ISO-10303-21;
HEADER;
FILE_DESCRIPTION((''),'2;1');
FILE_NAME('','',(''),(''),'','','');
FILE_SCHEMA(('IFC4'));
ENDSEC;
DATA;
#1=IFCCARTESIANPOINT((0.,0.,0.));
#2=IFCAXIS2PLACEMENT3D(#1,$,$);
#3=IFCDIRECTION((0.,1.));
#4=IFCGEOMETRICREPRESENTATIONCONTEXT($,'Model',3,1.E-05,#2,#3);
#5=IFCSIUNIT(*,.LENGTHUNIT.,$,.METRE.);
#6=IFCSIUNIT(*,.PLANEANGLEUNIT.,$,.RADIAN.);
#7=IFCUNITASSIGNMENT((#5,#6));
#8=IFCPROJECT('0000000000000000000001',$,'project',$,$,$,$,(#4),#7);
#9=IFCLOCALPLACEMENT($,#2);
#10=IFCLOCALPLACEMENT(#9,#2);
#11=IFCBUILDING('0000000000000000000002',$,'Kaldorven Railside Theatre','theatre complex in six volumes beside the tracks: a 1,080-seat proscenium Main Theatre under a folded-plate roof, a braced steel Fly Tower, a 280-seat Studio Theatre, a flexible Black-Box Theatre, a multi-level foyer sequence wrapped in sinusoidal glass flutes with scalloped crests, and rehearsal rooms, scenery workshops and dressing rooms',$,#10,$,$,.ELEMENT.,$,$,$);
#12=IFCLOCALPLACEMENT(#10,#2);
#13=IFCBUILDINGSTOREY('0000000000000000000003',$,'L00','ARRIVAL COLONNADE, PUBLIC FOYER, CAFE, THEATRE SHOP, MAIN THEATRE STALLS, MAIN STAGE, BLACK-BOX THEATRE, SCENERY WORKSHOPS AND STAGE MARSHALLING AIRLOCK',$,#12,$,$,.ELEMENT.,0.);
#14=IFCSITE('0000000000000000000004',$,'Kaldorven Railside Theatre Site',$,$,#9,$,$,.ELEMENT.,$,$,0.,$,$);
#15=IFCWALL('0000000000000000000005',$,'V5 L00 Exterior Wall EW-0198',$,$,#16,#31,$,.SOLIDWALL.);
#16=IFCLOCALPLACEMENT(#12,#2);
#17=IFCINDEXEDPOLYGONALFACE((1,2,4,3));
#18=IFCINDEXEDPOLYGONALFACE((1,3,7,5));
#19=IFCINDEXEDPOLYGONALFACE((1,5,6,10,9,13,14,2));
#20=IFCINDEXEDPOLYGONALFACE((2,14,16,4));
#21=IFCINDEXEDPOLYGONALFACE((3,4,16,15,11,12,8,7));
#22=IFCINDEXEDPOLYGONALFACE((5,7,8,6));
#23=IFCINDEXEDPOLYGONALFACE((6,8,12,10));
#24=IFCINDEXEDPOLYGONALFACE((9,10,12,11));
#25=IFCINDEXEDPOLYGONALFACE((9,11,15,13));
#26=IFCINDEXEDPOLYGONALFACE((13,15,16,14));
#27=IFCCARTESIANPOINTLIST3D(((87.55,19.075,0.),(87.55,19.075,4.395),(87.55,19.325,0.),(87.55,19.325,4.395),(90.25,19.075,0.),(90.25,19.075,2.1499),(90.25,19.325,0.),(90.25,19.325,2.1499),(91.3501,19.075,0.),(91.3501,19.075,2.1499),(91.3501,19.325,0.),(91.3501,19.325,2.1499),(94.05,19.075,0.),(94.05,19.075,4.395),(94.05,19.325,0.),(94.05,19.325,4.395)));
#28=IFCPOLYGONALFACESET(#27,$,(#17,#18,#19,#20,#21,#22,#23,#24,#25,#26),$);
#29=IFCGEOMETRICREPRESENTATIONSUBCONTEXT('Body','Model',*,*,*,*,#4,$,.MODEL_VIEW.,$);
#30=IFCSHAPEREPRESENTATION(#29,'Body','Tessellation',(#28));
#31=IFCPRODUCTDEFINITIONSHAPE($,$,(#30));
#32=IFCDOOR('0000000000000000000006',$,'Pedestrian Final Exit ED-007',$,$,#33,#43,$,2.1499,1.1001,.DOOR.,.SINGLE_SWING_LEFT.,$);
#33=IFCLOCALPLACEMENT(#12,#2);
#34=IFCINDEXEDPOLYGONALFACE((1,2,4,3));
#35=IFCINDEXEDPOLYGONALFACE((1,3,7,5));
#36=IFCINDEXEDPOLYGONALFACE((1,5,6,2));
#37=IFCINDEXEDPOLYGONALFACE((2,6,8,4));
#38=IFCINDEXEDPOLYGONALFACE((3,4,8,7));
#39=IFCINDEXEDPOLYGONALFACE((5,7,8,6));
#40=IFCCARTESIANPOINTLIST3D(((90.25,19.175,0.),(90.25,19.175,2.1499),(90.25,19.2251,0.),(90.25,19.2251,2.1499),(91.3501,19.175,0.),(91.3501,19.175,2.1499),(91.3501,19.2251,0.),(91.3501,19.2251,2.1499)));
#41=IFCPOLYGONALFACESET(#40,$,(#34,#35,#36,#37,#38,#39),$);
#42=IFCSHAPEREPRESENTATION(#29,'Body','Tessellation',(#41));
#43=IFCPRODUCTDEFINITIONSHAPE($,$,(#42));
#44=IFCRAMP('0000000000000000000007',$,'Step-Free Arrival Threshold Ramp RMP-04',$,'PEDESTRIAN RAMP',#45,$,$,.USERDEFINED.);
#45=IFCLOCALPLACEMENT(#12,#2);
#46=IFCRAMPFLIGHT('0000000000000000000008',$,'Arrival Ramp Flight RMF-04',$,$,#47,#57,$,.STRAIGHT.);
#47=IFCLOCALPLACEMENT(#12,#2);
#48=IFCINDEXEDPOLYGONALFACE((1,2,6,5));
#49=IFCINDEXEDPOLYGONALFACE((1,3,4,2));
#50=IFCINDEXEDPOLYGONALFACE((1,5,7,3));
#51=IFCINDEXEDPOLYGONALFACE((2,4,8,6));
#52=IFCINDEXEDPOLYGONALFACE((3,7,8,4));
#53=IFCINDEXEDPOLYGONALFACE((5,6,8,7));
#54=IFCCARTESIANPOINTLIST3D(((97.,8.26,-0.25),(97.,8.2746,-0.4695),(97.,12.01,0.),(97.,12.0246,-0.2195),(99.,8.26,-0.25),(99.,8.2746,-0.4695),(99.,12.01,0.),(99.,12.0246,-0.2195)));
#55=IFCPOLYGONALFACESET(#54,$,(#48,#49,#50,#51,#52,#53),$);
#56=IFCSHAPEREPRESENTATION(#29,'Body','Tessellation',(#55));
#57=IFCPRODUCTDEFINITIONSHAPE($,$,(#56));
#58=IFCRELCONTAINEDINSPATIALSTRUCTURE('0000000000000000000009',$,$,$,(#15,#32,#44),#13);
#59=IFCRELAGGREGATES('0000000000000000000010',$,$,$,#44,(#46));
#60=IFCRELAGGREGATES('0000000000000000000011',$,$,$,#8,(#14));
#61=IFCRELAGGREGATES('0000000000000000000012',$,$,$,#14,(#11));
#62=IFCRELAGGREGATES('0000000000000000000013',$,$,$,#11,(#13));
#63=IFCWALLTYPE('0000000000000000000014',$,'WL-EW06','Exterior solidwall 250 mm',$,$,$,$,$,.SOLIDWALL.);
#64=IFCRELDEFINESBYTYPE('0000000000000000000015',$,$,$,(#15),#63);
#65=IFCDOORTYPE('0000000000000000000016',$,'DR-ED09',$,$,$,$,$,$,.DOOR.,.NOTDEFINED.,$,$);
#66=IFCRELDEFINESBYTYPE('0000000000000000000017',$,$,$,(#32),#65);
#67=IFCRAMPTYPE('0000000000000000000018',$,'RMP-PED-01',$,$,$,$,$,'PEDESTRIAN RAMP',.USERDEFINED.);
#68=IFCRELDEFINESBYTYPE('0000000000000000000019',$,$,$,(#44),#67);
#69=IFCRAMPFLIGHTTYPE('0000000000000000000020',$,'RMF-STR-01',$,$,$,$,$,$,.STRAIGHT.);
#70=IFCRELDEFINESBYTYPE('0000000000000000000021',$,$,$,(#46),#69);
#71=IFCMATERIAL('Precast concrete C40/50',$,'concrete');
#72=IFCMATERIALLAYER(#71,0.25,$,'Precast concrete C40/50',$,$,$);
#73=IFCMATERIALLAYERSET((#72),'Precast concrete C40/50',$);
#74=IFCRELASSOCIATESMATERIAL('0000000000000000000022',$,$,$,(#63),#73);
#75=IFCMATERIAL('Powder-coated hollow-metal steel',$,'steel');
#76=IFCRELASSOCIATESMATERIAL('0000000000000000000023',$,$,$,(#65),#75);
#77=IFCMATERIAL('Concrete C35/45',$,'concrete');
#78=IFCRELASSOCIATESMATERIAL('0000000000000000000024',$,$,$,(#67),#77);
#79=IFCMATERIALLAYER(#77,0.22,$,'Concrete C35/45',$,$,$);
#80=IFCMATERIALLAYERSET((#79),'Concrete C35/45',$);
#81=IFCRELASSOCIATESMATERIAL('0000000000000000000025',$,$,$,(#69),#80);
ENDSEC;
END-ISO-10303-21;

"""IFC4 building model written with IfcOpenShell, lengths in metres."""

from ifc_helpers import new_model, si_unit, direction, frame, frame_2d, origin, place, context, subcontext, project, spatial, polyline, rectangle, outline, extrude, material, layer, layer_set, type_object, element, fill, aggregate, save


model = new_model("IFC4")

# Units and contexts
model_context = context("Model", 3, precision=1e-05, world=origin(), true_north=direction((0.0, 1.0)))
body_context = subcontext(model_context, "Body", "Model", "MODEL_VIEW")
ifc_project = project(units=[si_unit("LENGTHUNIT", "METRE"), si_unit("PLANEANGLEUNIT", "RADIAN")], contexts=[model_context])

# Site, building, storey
site_placement = place(None, origin())
site = spatial("IfcSite", under=ifc_project, at=site_placement, Name="Kaldorven Railside Theatre Site", CompositionType="ELEMENT", RefElevation=0.0)
building_placement = place(site_placement, origin())
building = spatial("IfcBuilding", under=site, at=building_placement, Name="Kaldorven Railside Theatre", Description="theatre complex in six volumes beside the tracks: a 1,080-seat proscenium Main Theatre under a folded-plate roof, a braced steel Fly Tower, a 280-seat Studio Theatre, a flexible Black-Box Theatre, a multi-level foyer sequence wrapped in sinusoidal glass flutes with scalloped crests, and rehearsal rooms, scenery workshops and dressing rooms", CompositionType="ELEMENT")
storey_placement = place(building_placement, origin())
storey = spatial("IfcBuildingStorey", under=building, at=storey_placement, Name="L00", Description="ARRIVAL COLONNADE, PUBLIC FOYER, CAFE, THEATRE SHOP, MAIN THEATRE STALLS, MAIN STAGE, BLACK-BOX THEATRE, SCENERY WORKSHOPS AND STAGE MARSHALLING AIRLOCK", CompositionType="ELEMENT", Elevation=0.0)

# Wall, opening, door
ifc_material_1 = material(Name="Precast concrete C40/50", Category="concrete")
ifc_layer_1 = layer(ifc_material_1, 0.25, Name="Precast concrete C40/50")
ifc_layer_set_1 = layer_set([ifc_layer_1], Name="Precast concrete C40/50")
wall_type = type_object("IfcWallType", Name="WL-EW06", Description="Exterior solidwall 250 mm", PredefinedType="SOLIDWALL", material=ifc_layer_set_1)
ifc_material_2 = material(Name="Powder-coated hollow-metal steel", Category="steel")
wall_1_placement = place(storey_placement, frame((94.05, 19.2, 0.0), z_axis=(0.0, 0.0, 1.0), x_axis=(-1.0, 0.0, 0.0)))
wall_1 = element("IfcWall", 1, at=wall_1_placement, inside=storey, type_object=wall_type, Name="V5 L00 Exterior Wall EW-0198", PredefinedType="SOLIDWALL", context=body_context, shape_type="SweptSolid", body=[
    extrude(rectangle(XDim=6.5, YDim=0.25, at=frame_2d((3.25, 0.0))), origin(), (0.0, 0.0, 1.0), 4.395),
])
opening_1_placement = place(wall_1_placement, frame((2.7, 0.0, 0.0)))
opening_1 = element("IfcOpeningElement", 2, at=opening_1_placement, cuts=wall_1, PredefinedType="OPENING", context=body_context, shape_type="SweptSolid", body=[
    extrude(rectangle(XDim=1.1001, YDim=2.1499, at=frame_2d((0.55, 1.075))), frame((0.0, 0.135, 0.0), z_axis=(0.0, -1.0, 0.0), x_axis=(1.0, 0.0, 0.0)), (0.0, 0.0, 1.0), 0.27),
])
door_type_1 = type_object("IfcDoorType", Name="DR-ED09", OperationType="NOTDEFINED", PredefinedType="DOOR", material=ifc_material_2)
door_1_placement = place(opening_1_placement, origin())
door_1 = element("IfcDoor", 3, at=door_1_placement, inside=storey, type_object=door_type_1, Name="Pedestrian Final Exit ED-007", OperationType="SINGLE_SWING_LEFT", OverallHeight=2.1499, OverallWidth=1.1001, PredefinedType="DOOR", context=body_context, shape_type="SweptSolid", body=[
    extrude(rectangle(XDim=1.1001, YDim=2.1499, at=frame_2d((0.55, 1.075))), frame((0.0, 0.0249, 0.0), z_axis=(0.0, -1.0, 0.0), x_axis=(1.0, 0.0, 0.0)), (0.0, 0.0, 1.0), 0.05),
])
fill(opening_1, door_1)

# Ramp, ramp flight
ifc_material_3 = material(Name="Concrete C35/45", Category="concrete")
ramp_type = type_object("IfcRampType", Name="RMP-PED-01", ElementType="PEDESTRIAN RAMP", PredefinedType="USERDEFINED", material=ifc_material_3)
ramp_placement = place(storey_placement, origin())
ramp = element("IfcRamp", 4, at=ramp_placement, inside=storey, type_object=ramp_type, Name="Step-Free Arrival Threshold Ramp RMP-04", ObjectType="PEDESTRIAN RAMP", PredefinedType="USERDEFINED")
ifc_layer_2 = layer(ifc_material_3, 0.22, Name="Concrete C35/45")
ifc_layer_set_2 = layer_set([ifc_layer_2], Name="Concrete C35/45")
ramp_flight_type = type_object("IfcRampFlightType", Name="RMF-STR-01", PredefinedType="STRAIGHT", material=ifc_layer_set_2)
ramp_flight_placement = place(storey_placement, frame((97.0, 8.26, -0.25), z_axis=(0.0, -0.066519, 0.997785), x_axis=(1.0, 0.0, 0.0)))
ramp_flight = element("IfcRampFlight", 5, at=ramp_flight_placement, type_object=ramp_flight_type, Name="Arrival Ramp Flight RMF-04", PredefinedType="STRAIGHT", context=body_context, shape_type="SweptSolid", body=[
    extrude(outline(polyline([(0.0, 0.0), (2.0, 0.0), (2.0, 3.7583), (0.0, 3.7583), (0.0, 0.0)])), origin(), (0.0, 0.0, -1.0), 0.22),
])
aggregate(ramp, [ramp_flight])

save(model, "model.ifc")
